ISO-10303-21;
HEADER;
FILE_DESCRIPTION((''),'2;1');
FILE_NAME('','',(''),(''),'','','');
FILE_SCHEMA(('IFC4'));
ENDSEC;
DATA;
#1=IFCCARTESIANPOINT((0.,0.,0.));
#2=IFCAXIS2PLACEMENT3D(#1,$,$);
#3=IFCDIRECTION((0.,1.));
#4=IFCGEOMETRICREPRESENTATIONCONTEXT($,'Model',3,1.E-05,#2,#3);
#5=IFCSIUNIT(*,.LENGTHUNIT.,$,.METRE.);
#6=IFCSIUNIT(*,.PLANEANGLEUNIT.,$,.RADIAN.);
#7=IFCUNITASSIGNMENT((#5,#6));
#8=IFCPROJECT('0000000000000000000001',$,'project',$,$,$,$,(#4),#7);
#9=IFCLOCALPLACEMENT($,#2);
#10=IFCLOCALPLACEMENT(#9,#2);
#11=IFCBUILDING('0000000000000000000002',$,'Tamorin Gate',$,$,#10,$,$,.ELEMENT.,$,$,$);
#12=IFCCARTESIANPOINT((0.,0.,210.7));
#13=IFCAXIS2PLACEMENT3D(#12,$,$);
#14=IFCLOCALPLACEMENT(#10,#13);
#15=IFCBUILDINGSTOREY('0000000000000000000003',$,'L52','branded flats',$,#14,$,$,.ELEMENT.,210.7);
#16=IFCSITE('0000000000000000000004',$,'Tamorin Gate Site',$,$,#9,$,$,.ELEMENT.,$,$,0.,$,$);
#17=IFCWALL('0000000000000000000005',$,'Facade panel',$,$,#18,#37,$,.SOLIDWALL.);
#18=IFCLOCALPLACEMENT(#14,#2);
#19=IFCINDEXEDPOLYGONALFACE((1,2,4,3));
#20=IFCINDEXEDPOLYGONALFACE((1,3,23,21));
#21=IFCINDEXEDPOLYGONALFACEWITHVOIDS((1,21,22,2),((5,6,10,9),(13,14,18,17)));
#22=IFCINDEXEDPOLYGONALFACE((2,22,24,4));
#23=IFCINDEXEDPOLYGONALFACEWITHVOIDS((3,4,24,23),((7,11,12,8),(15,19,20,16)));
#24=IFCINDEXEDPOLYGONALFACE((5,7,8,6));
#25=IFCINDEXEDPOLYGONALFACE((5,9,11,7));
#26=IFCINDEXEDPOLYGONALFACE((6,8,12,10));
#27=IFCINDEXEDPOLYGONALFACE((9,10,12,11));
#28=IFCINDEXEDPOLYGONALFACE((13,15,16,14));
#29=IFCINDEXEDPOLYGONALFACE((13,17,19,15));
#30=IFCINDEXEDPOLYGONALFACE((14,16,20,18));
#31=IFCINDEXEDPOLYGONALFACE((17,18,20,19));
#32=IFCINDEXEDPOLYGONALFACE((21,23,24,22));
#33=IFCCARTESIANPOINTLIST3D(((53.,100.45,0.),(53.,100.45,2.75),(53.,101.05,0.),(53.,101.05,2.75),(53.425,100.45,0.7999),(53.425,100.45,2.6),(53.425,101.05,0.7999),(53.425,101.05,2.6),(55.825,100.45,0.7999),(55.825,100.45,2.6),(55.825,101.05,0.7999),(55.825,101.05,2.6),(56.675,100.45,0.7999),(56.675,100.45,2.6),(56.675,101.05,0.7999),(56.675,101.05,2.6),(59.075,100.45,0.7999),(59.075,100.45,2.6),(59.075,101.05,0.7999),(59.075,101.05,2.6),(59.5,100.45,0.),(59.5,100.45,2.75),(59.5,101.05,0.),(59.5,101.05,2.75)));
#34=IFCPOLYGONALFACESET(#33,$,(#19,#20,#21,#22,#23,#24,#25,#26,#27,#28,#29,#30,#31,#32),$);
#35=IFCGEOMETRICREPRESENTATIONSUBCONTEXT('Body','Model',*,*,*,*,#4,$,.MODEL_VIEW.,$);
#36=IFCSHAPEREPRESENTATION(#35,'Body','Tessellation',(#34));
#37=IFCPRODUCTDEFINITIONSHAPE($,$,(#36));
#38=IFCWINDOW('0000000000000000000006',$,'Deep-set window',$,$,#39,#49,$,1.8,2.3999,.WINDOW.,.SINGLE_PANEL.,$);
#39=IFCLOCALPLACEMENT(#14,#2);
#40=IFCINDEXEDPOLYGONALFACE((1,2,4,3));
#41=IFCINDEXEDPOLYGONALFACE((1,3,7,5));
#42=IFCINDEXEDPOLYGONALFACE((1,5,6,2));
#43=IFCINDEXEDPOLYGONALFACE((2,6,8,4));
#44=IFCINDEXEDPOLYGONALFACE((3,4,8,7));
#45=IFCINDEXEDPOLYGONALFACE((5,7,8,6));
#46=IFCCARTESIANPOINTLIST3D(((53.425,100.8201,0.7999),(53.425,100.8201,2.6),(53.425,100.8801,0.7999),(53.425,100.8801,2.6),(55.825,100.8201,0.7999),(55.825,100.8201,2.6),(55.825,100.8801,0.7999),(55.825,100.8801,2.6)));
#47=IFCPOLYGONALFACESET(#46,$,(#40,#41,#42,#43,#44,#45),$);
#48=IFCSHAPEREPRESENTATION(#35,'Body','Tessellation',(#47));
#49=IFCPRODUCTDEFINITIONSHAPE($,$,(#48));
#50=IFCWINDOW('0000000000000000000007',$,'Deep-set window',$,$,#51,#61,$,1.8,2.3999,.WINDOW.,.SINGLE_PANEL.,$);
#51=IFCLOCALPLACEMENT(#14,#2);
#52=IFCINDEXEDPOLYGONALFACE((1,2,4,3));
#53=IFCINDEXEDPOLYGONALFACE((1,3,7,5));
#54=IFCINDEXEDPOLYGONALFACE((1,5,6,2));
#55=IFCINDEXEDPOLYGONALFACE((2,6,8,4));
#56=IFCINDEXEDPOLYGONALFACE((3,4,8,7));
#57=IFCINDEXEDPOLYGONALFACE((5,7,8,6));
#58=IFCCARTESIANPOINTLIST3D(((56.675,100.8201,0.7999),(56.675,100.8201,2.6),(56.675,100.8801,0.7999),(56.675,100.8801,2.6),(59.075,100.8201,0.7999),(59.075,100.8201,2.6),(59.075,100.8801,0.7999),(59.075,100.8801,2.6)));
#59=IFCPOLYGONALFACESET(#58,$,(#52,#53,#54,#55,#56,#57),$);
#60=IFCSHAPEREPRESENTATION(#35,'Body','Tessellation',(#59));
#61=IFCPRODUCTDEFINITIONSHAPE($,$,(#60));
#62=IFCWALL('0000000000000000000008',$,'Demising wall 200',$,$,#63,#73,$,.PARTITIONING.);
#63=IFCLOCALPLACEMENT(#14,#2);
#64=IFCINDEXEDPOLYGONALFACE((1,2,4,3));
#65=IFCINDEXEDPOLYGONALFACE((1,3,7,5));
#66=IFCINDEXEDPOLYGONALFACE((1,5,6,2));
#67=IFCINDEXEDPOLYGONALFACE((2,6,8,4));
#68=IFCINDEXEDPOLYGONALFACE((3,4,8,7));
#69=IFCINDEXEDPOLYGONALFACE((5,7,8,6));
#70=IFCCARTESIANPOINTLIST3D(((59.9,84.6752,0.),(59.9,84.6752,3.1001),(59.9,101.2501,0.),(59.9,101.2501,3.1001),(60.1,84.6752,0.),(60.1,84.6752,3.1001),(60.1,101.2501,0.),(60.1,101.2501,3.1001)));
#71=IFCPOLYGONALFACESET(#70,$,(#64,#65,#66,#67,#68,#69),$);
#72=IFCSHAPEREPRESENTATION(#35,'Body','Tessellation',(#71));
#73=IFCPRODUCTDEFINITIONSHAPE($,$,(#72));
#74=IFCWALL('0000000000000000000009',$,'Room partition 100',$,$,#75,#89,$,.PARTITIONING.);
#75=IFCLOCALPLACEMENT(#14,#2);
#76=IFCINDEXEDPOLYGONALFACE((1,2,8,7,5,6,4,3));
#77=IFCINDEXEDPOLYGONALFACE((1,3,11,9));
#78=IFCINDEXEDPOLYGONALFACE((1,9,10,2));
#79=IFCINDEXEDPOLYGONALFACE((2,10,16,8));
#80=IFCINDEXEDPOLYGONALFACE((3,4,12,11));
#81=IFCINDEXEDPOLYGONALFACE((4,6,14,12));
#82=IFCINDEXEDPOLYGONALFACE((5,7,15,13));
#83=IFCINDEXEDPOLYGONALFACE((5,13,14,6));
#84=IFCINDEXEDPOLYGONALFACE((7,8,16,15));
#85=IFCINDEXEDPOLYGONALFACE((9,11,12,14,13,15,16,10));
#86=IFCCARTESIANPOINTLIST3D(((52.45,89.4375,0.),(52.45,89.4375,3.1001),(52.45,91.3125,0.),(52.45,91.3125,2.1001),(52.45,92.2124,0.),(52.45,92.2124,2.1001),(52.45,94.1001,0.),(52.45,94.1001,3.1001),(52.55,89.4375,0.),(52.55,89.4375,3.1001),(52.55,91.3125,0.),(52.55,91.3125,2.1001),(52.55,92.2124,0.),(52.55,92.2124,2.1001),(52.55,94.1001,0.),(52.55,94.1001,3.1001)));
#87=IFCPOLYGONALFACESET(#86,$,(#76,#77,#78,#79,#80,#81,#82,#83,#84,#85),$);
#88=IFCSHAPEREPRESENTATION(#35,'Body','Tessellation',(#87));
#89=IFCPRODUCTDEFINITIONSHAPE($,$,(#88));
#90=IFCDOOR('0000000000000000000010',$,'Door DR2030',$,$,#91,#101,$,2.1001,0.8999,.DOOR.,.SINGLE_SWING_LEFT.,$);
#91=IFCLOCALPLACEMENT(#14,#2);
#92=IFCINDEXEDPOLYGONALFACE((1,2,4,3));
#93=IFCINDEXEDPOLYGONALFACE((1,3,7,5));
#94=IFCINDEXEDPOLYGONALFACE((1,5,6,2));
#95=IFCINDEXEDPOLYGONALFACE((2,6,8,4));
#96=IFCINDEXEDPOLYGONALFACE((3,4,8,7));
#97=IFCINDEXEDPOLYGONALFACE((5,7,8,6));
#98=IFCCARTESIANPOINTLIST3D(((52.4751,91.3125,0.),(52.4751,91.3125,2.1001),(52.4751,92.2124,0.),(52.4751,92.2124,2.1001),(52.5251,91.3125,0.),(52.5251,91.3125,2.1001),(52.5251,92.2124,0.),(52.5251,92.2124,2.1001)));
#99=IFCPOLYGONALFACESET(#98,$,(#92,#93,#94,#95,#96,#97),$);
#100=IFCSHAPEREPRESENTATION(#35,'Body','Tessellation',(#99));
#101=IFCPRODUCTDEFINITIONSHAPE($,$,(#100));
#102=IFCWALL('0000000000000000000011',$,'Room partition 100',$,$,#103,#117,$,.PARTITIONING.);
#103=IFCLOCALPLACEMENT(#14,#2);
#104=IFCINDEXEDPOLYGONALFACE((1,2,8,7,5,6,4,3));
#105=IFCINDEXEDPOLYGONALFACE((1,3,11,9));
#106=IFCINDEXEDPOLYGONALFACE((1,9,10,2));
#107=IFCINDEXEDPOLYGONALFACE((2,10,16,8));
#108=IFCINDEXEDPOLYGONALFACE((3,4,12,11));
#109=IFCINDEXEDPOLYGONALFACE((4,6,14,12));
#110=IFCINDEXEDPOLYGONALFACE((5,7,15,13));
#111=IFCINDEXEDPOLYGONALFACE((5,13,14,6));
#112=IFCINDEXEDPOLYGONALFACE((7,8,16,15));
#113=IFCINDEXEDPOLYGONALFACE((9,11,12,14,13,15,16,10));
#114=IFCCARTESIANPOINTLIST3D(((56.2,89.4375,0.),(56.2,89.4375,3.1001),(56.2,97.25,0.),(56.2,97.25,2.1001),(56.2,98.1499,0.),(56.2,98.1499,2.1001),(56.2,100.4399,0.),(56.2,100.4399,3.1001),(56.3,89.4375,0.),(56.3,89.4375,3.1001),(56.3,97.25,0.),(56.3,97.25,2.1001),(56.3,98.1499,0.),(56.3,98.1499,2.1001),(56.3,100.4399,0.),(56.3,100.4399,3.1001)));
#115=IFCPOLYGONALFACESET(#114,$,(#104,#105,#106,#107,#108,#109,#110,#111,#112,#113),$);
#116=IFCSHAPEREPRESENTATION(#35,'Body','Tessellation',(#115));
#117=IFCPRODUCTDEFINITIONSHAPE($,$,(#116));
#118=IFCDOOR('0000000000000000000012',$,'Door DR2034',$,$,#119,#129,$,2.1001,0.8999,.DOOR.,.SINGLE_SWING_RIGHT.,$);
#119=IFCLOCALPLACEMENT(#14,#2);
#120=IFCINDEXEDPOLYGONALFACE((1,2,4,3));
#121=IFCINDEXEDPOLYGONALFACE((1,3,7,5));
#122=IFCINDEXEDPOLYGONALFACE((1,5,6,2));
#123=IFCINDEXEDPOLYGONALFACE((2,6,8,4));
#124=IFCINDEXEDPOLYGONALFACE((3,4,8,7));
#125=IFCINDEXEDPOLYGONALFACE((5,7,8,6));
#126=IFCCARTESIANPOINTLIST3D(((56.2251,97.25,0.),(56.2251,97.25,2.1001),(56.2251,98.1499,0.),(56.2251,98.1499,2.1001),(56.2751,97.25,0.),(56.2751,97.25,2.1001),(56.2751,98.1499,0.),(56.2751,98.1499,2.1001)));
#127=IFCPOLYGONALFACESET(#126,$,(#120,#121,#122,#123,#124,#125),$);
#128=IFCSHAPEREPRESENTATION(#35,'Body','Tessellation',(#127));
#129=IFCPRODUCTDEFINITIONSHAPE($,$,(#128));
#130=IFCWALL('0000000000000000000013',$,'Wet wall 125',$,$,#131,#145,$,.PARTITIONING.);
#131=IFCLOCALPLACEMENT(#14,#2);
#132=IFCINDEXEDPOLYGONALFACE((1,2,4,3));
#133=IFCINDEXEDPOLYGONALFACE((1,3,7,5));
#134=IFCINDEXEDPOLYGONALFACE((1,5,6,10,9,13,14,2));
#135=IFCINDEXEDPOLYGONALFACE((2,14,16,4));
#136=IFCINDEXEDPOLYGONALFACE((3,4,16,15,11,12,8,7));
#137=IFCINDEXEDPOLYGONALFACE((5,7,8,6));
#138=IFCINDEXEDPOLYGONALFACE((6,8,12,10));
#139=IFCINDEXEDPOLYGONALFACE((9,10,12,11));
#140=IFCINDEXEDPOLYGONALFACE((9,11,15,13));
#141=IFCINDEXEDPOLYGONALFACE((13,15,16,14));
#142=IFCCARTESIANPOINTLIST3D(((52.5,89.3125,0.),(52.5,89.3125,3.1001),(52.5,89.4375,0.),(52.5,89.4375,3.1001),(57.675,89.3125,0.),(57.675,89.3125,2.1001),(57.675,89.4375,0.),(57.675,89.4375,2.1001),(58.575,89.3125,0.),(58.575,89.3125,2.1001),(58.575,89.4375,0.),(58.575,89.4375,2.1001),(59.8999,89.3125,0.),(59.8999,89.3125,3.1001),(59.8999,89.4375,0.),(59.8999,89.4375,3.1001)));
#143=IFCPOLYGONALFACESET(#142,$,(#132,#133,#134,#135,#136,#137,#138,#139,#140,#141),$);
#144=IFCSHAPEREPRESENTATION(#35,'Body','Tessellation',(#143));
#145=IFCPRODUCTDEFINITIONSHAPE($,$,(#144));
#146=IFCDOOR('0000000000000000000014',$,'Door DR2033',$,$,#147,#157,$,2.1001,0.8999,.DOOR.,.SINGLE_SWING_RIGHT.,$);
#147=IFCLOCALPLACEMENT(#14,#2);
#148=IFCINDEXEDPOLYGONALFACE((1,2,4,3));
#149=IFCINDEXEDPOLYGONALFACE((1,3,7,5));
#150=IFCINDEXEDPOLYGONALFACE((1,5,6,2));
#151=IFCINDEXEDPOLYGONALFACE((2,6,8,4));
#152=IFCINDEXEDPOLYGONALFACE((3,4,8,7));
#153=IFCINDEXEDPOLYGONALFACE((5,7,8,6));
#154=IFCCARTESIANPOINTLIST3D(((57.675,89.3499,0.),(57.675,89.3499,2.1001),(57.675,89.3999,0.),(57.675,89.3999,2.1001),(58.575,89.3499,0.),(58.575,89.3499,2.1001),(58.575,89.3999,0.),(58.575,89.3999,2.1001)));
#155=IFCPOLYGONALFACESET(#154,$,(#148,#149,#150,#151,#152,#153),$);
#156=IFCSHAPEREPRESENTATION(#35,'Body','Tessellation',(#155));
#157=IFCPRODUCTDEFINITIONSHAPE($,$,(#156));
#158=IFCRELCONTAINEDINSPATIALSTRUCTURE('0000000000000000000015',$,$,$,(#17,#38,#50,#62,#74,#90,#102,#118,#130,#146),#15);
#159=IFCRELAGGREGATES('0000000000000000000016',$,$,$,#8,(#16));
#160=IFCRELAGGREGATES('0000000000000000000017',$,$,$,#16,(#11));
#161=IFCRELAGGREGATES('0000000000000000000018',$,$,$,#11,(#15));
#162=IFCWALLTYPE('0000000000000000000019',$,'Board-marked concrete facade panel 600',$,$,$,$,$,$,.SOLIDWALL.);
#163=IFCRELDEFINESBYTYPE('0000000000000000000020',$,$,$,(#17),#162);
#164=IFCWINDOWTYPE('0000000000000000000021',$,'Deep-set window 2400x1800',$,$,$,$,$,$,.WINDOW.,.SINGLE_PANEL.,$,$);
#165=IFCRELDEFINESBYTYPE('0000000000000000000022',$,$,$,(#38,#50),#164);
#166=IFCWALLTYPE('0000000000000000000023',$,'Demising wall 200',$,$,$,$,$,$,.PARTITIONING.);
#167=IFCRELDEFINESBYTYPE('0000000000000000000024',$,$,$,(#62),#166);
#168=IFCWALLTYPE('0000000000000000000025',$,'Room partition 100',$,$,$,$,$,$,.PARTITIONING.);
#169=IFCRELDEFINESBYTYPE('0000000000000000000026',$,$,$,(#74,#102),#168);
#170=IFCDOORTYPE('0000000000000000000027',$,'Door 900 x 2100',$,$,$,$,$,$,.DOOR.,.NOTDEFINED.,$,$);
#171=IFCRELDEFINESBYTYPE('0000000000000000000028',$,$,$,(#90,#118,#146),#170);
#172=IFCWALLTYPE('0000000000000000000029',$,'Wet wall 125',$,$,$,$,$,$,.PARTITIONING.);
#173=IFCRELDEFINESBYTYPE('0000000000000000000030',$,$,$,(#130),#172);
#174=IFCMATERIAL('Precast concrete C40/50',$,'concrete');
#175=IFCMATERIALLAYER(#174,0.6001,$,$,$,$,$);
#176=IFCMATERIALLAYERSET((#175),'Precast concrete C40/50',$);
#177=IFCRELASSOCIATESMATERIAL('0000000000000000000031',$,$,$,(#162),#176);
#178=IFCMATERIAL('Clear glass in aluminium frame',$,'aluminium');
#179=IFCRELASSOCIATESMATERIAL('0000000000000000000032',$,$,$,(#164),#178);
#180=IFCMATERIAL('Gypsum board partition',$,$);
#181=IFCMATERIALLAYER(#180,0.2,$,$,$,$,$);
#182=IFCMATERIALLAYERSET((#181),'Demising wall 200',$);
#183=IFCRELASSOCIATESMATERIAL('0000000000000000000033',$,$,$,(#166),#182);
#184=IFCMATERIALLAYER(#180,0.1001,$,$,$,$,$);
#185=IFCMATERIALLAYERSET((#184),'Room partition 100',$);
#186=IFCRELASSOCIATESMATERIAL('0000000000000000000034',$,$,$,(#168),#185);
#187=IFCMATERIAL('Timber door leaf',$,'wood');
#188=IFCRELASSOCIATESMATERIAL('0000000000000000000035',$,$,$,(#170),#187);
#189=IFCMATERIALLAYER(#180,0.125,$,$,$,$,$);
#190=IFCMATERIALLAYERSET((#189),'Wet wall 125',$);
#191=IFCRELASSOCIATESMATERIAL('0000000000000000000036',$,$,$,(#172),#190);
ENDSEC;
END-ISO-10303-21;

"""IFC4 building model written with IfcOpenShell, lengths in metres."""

from ifc_helpers import new_model, si_unit, direction, frame, frame_2d, origin, place, context, subcontext, project, spatial, rectangle, extrude, material, layer, layer_set, type_object, element, fill, save


model = new_model("IFC4")

# Units and contexts
model_context = context("Model", 3, precision=1e-05, world=origin(), true_north=direction((0.0, 1.0)))
body_context = subcontext(model_context, "Body", "Model", "MODEL_VIEW")
ifc_project = project(units=[si_unit("LENGTHUNIT", "METRE"), si_unit("PLANEANGLEUNIT", "RADIAN")], contexts=[model_context])

# Site, building, storey
site_placement = place(None, origin())
site = spatial("IfcSite", under=ifc_project, at=site_placement, Name="Tamorin Gate Site", CompositionType="ELEMENT", RefElevation=0.0)
building_placement = place(site_placement, origin())
building = spatial("IfcBuilding", under=site, at=building_placement, Name="Tamorin Gate", CompositionType="ELEMENT")
storey_placement = place(building_placement, frame((0.0, 0.0, 210.7)))
storey = spatial("IfcBuildingStorey", under=building, at=storey_placement, Name="L52", Description="branded flats", CompositionType="ELEMENT", Elevation=210.7)

# Wall, openings, windows
ifc_material_1 = material(Name="Precast concrete C40/50", Category="concrete")
ifc_layer_1 = layer(ifc_material_1, 0.6001)
ifc_layer_set_1 = layer_set([ifc_layer_1], Name="Precast concrete C40/50")
wall_type_1 = type_object("IfcWallType", Name="Board-marked concrete facade panel 600", PredefinedType="SOLIDWALL", material=ifc_layer_set_1)
ifc_material_2 = material(Name="Clear glass in aluminium frame", Category="aluminium")
window_type = type_object("IfcWindowType", Name="Deep-set window 2400x1800", PartitioningType="SINGLE_PANEL", PredefinedType="WINDOW", material=ifc_material_2)
wall_1_placement = place(storey_placement, frame((59.5, 100.75, 0.0), z_axis=(0.0, 0.0, 1.0), x_axis=(-1.0, 0.0, 0.0)))
wall_1 = element("IfcWall", 1, at=wall_1_placement, inside=storey, type_object=wall_type_1, Name="Facade panel", PredefinedType="SOLIDWALL", context=body_context, shape_type="SweptSolid", body=[
    extrude(rectangle(XDim=6.5, YDim=0.6001, at=frame_2d((3.25, 0.0))), origin(), (0.0, 0.0, 1.0), 2.75),
])
opening_1_placement = place(wall_1_placement, frame((3.675, 0.0, 0.8)))
opening_1 = element("IfcOpeningElement", 2, at=opening_1_placement, cuts=wall_1, PredefinedType="OPENING", context=body_context, shape_type="SweptSolid", body=[
    extrude(rectangle(XDim=2.3999, YDim=1.8, at=frame_2d((1.2, 0.8999))), frame((0.0, 0.3101, 0.0), z_axis=(0.0, -1.0, 0.0), x_axis=(1.0, 0.0, 0.0)), (0.0, 0.0, 1.0), 0.6201),
])
opening_2_placement = place(wall_1_placement, frame((0.425, 0.0, 0.8)))
opening_2 = element("IfcOpeningElement", 3, at=opening_2_placement, cuts=wall_1, PredefinedType="OPENING", context=body_context, shape_type="SweptSolid", body=[
    extrude(rectangle(XDim=2.3999, YDim=1.8, at=frame_2d((1.2, 0.8999))), frame((0.0, 0.3101, 0.0), z_axis=(0.0, -1.0, 0.0), x_axis=(1.0, 0.0, 0.0)), (0.0, 0.0, 1.0), 0.6201),
])
window_1_placement = place(opening_1_placement, origin())
window_1 = element("IfcWindow", 4, at=window_1_placement, inside=storey, type_object=window_type, Name="Deep-set window", OverallHeight=1.8, OverallWidth=2.3999, PartitioningType="SINGLE_PANEL", PredefinedType="WINDOW", context=body_context, shape_type="SweptSolid", body=[
    extrude(rectangle(XDim=2.3999, YDim=1.8, at=frame_2d((1.2, 0.8999))), frame((0.0, -0.0701, 0.0), z_axis=(0.0, -1.0, 0.0), x_axis=(1.0, 0.0, 0.0)), (0.0, 0.0, 1.0), 0.0601),
])
fill(opening_1, window_1)
window_2_placement = place(opening_2_placement, origin())
window_2 = element("IfcWindow", 5, at=window_2_placement, inside=storey, type_object=window_type, Name="Deep-set window", OverallHeight=1.8, OverallWidth=2.3999, PartitioningType="SINGLE_PANEL", PredefinedType="WINDOW", context=body_context, shape_type="SweptSolid", body=[
    extrude(rectangle(XDim=2.3999, YDim=1.8, at=frame_2d((1.2, 0.8999))), frame((0.0, -0.0701, 0.0), z_axis=(0.0, -1.0, 0.0), x_axis=(1.0, 0.0, 0.0)), (0.0, 0.0, 1.0), 0.0601),
])
fill(opening_2, window_2)

# Wall
ifc_material_3 = material(Name="Gypsum board partition")
ifc_layer_2 = layer(ifc_material_3, 0.2)
ifc_layer_set_2 = layer_set([ifc_layer_2], Name="Demising wall 200")
wall_type_2 = type_object("IfcWallType", Name="Demising wall 200", PredefinedType="PARTITIONING", material=ifc_layer_set_2)
wall_2_placement = place(storey_placement, frame((60.0, 84.675, 0.0), z_axis=(0.0, 0.0, 1.0), x_axis=(0.0, 1.0, 0.0)))
element("IfcWall", 6, at=wall_2_placement, inside=storey, type_object=wall_type_2, Name="Demising wall 200", PredefinedType="PARTITIONING", context=body_context, shape_type="SweptSolid", body=[
    extrude(rectangle(XDim=16.575, YDim=0.2, at=frame_2d((8.2876, 0.0))), origin(), (0.0, 0.0, 1.0), 3.1001),
])

# Walls, openings, doors
ifc_layer_3 = layer(ifc_material_3, 0.1001)
ifc_layer_set_3 = layer_set([ifc_layer_3], Name="Room partition 100")
wall_type_3 = type_object("IfcWallType", Name="Room partition 100", PredefinedType="PARTITIONING", material=ifc_layer_set_3)
wall_3_placement = place(storey_placement, frame((52.5, 89.4375, 0.0), z_axis=(0.0, 0.0, 1.0), x_axis=(0.0, 1.0, 0.0)))
wall_3 = element("IfcWall", 7, at=wall_3_placement, inside=storey, type_object=wall_type_3, Name="Room partition 100", PredefinedType="PARTITIONING", context=body_context, shape_type="SweptSolid", body=[
    extrude(rectangle(XDim=4.6626, YDim=0.1001, at=frame_2d((2.3313, 0.0))), origin(), (0.0, 0.0, 1.0), 3.1001),
])
opening_3_placement = place(wall_3_placement, frame((1.875, 0.0, 0.0)))
opening_3 = element("IfcOpeningElement", 8, at=opening_3_placement, cuts=wall_3, PredefinedType="OPENING", context=body_context, shape_type="SweptSolid", body=[
    extrude(rectangle(XDim=0.8999, YDim=2.1001, at=frame_2d((0.45, 1.05))), frame((0.0, 0.0601, 0.0), z_axis=(0.0, -1.0, 0.0), x_axis=(1.0, 0.0, 0.0)), (0.0, 0.0, 1.0), 0.1201),
])
ifc_material_4 = material(Name="Timber door leaf", Category="wood")
door_type = type_object("IfcDoorType", Name="Door 900 x 2100", OperationType="NOTDEFINED", PredefinedType="DOOR", material=ifc_material_4)
door_1_placement = place(opening_3_placement, origin())
door_1 = element("IfcDoor", 9, at=door_1_placement, inside=storey, type_object=door_type, Name="Door DR2030", OperationType="SINGLE_SWING_LEFT", OverallHeight=2.1001, OverallWidth=0.8999, PredefinedType="DOOR", context=body_context, shape_type="SweptSolid", body=[
    extrude(rectangle(XDim=0.8999, YDim=2.1001, at=frame_2d((0.45, 1.05))), frame((0.0, 0.0249, 0.0), z_axis=(0.0, -1.0, 0.0), x_axis=(1.0, 0.0, 0.0)), (0.0, 0.0, 1.0), 0.05),
])
fill(opening_3, door_1)
wall_4_placement = place(storey_placement, frame((56.25, 89.4375, 0.0), z_axis=(0.0, 0.0, 1.0), x_axis=(0.0, 1.0, 0.0)))
wall_4 = element("IfcWall", 10, at=wall_4_placement, inside=storey, type_object=wall_type_3, Name="Room partition 100", PredefinedType="PARTITIONING", context=body_context, shape_type="SweptSolid", body=[
    extrude(rectangle(XDim=11.0024, YDim=0.1001, at=frame_2d((5.5012, 0.0))), origin(), (0.0, 0.0, 1.0), 3.1001),
])
opening_4_placement = place(wall_4_placement, frame((7.8125, 0.0, 0.0)))
opening_4 = element("IfcOpeningElement", 11, at=opening_4_placement, cuts=wall_4, PredefinedType="OPENING", context=body_context, shape_type="SweptSolid", body=[
    extrude(rectangle(XDim=0.8999, YDim=2.1001, at=frame_2d((0.45, 1.05))), frame((0.0, 0.0601, 0.0), z_axis=(0.0, -1.0, 0.0), x_axis=(1.0, 0.0, 0.0)), (0.0, 0.0, 1.0), 0.1201),
])
door_2_placement = place(opening_4_placement, origin())
door_2 = element("IfcDoor", 12, at=door_2_placement, inside=storey, type_object=door_type, Name="Door DR2034", OperationType="SINGLE_SWING_RIGHT", OverallHeight=2.1001, OverallWidth=0.8999, PredefinedType="DOOR", context=body_context, shape_type="SweptSolid", body=[
    extrude(rectangle(XDim=0.8999, YDim=2.1001, at=frame_2d((0.45, 1.05))), frame((0.0, 0.0249, 0.0), z_axis=(0.0, -1.0, 0.0), x_axis=(1.0, 0.0, 0.0)), (0.0, 0.0, 1.0), 0.05),
])
fill(opening_4, door_2)
ifc_layer_4 = layer(ifc_material_3, 0.125)
ifc_layer_set_4 = layer_set([ifc_layer_4], Name="Wet wall 125")
wall_type_4 = type_object("IfcWallType", Name="Wet wall 125", PredefinedType="PARTITIONING", material=ifc_layer_set_4)
wall_5_placement = place(storey_placement, frame((52.5, 89.375, 0.0), z_axis=(0.0, 0.0, 1.0), x_axis=(1.0, 0.0, 0.0)))
wall_5 = element("IfcWall", 13, at=wall_5_placement, inside=storey, type_object=wall_type_4, Name="Wet wall 125", PredefinedType="PARTITIONING", context=body_context, shape_type="SweptSolid", body=[
    extrude(rectangle(XDim=7.3999, YDim=0.125, at=frame_2d((3.7, 0.0))), origin(), (0.0, 0.0, 1.0), 3.1001),
])
opening_5_placement = place(wall_5_placement, frame((5.175, 0.0, 0.0)))
opening_5 = element("IfcOpeningElement", 14, at=opening_5_placement, cuts=wall_5, PredefinedType="OPENING", context=body_context, shape_type="SweptSolid", body=[
    extrude(rectangle(XDim=0.8999, YDim=2.1001, at=frame_2d((0.45, 1.05))), frame((0.0, 0.0725, 0.0), z_axis=(0.0, -1.0, 0.0), x_axis=(1.0, 0.0, 0.0)), (0.0, 0.0, 1.0), 0.145),
])
door_3_placement = place(opening_5_placement, origin())
door_3 = element("IfcDoor", 15, at=door_3_placement, inside=storey, type_object=door_type, Name="Door DR2033", OperationType="SINGLE_SWING_RIGHT", OverallHeight=2.1001, OverallWidth=0.8999, PredefinedType="DOOR", context=body_context, shape_type="SweptSolid", body=[
    extrude(rectangle(XDim=0.8999, YDim=2.1001, at=frame_2d((0.45, 1.05))), frame((0.0, 0.0249, 0.0), z_axis=(0.0, -1.0, 0.0), x_axis=(1.0, 0.0, 0.0)), (0.0, 0.0, 1.0), 0.05),
])
fill(opening_5, door_3)

save(model, "model.ifc")
